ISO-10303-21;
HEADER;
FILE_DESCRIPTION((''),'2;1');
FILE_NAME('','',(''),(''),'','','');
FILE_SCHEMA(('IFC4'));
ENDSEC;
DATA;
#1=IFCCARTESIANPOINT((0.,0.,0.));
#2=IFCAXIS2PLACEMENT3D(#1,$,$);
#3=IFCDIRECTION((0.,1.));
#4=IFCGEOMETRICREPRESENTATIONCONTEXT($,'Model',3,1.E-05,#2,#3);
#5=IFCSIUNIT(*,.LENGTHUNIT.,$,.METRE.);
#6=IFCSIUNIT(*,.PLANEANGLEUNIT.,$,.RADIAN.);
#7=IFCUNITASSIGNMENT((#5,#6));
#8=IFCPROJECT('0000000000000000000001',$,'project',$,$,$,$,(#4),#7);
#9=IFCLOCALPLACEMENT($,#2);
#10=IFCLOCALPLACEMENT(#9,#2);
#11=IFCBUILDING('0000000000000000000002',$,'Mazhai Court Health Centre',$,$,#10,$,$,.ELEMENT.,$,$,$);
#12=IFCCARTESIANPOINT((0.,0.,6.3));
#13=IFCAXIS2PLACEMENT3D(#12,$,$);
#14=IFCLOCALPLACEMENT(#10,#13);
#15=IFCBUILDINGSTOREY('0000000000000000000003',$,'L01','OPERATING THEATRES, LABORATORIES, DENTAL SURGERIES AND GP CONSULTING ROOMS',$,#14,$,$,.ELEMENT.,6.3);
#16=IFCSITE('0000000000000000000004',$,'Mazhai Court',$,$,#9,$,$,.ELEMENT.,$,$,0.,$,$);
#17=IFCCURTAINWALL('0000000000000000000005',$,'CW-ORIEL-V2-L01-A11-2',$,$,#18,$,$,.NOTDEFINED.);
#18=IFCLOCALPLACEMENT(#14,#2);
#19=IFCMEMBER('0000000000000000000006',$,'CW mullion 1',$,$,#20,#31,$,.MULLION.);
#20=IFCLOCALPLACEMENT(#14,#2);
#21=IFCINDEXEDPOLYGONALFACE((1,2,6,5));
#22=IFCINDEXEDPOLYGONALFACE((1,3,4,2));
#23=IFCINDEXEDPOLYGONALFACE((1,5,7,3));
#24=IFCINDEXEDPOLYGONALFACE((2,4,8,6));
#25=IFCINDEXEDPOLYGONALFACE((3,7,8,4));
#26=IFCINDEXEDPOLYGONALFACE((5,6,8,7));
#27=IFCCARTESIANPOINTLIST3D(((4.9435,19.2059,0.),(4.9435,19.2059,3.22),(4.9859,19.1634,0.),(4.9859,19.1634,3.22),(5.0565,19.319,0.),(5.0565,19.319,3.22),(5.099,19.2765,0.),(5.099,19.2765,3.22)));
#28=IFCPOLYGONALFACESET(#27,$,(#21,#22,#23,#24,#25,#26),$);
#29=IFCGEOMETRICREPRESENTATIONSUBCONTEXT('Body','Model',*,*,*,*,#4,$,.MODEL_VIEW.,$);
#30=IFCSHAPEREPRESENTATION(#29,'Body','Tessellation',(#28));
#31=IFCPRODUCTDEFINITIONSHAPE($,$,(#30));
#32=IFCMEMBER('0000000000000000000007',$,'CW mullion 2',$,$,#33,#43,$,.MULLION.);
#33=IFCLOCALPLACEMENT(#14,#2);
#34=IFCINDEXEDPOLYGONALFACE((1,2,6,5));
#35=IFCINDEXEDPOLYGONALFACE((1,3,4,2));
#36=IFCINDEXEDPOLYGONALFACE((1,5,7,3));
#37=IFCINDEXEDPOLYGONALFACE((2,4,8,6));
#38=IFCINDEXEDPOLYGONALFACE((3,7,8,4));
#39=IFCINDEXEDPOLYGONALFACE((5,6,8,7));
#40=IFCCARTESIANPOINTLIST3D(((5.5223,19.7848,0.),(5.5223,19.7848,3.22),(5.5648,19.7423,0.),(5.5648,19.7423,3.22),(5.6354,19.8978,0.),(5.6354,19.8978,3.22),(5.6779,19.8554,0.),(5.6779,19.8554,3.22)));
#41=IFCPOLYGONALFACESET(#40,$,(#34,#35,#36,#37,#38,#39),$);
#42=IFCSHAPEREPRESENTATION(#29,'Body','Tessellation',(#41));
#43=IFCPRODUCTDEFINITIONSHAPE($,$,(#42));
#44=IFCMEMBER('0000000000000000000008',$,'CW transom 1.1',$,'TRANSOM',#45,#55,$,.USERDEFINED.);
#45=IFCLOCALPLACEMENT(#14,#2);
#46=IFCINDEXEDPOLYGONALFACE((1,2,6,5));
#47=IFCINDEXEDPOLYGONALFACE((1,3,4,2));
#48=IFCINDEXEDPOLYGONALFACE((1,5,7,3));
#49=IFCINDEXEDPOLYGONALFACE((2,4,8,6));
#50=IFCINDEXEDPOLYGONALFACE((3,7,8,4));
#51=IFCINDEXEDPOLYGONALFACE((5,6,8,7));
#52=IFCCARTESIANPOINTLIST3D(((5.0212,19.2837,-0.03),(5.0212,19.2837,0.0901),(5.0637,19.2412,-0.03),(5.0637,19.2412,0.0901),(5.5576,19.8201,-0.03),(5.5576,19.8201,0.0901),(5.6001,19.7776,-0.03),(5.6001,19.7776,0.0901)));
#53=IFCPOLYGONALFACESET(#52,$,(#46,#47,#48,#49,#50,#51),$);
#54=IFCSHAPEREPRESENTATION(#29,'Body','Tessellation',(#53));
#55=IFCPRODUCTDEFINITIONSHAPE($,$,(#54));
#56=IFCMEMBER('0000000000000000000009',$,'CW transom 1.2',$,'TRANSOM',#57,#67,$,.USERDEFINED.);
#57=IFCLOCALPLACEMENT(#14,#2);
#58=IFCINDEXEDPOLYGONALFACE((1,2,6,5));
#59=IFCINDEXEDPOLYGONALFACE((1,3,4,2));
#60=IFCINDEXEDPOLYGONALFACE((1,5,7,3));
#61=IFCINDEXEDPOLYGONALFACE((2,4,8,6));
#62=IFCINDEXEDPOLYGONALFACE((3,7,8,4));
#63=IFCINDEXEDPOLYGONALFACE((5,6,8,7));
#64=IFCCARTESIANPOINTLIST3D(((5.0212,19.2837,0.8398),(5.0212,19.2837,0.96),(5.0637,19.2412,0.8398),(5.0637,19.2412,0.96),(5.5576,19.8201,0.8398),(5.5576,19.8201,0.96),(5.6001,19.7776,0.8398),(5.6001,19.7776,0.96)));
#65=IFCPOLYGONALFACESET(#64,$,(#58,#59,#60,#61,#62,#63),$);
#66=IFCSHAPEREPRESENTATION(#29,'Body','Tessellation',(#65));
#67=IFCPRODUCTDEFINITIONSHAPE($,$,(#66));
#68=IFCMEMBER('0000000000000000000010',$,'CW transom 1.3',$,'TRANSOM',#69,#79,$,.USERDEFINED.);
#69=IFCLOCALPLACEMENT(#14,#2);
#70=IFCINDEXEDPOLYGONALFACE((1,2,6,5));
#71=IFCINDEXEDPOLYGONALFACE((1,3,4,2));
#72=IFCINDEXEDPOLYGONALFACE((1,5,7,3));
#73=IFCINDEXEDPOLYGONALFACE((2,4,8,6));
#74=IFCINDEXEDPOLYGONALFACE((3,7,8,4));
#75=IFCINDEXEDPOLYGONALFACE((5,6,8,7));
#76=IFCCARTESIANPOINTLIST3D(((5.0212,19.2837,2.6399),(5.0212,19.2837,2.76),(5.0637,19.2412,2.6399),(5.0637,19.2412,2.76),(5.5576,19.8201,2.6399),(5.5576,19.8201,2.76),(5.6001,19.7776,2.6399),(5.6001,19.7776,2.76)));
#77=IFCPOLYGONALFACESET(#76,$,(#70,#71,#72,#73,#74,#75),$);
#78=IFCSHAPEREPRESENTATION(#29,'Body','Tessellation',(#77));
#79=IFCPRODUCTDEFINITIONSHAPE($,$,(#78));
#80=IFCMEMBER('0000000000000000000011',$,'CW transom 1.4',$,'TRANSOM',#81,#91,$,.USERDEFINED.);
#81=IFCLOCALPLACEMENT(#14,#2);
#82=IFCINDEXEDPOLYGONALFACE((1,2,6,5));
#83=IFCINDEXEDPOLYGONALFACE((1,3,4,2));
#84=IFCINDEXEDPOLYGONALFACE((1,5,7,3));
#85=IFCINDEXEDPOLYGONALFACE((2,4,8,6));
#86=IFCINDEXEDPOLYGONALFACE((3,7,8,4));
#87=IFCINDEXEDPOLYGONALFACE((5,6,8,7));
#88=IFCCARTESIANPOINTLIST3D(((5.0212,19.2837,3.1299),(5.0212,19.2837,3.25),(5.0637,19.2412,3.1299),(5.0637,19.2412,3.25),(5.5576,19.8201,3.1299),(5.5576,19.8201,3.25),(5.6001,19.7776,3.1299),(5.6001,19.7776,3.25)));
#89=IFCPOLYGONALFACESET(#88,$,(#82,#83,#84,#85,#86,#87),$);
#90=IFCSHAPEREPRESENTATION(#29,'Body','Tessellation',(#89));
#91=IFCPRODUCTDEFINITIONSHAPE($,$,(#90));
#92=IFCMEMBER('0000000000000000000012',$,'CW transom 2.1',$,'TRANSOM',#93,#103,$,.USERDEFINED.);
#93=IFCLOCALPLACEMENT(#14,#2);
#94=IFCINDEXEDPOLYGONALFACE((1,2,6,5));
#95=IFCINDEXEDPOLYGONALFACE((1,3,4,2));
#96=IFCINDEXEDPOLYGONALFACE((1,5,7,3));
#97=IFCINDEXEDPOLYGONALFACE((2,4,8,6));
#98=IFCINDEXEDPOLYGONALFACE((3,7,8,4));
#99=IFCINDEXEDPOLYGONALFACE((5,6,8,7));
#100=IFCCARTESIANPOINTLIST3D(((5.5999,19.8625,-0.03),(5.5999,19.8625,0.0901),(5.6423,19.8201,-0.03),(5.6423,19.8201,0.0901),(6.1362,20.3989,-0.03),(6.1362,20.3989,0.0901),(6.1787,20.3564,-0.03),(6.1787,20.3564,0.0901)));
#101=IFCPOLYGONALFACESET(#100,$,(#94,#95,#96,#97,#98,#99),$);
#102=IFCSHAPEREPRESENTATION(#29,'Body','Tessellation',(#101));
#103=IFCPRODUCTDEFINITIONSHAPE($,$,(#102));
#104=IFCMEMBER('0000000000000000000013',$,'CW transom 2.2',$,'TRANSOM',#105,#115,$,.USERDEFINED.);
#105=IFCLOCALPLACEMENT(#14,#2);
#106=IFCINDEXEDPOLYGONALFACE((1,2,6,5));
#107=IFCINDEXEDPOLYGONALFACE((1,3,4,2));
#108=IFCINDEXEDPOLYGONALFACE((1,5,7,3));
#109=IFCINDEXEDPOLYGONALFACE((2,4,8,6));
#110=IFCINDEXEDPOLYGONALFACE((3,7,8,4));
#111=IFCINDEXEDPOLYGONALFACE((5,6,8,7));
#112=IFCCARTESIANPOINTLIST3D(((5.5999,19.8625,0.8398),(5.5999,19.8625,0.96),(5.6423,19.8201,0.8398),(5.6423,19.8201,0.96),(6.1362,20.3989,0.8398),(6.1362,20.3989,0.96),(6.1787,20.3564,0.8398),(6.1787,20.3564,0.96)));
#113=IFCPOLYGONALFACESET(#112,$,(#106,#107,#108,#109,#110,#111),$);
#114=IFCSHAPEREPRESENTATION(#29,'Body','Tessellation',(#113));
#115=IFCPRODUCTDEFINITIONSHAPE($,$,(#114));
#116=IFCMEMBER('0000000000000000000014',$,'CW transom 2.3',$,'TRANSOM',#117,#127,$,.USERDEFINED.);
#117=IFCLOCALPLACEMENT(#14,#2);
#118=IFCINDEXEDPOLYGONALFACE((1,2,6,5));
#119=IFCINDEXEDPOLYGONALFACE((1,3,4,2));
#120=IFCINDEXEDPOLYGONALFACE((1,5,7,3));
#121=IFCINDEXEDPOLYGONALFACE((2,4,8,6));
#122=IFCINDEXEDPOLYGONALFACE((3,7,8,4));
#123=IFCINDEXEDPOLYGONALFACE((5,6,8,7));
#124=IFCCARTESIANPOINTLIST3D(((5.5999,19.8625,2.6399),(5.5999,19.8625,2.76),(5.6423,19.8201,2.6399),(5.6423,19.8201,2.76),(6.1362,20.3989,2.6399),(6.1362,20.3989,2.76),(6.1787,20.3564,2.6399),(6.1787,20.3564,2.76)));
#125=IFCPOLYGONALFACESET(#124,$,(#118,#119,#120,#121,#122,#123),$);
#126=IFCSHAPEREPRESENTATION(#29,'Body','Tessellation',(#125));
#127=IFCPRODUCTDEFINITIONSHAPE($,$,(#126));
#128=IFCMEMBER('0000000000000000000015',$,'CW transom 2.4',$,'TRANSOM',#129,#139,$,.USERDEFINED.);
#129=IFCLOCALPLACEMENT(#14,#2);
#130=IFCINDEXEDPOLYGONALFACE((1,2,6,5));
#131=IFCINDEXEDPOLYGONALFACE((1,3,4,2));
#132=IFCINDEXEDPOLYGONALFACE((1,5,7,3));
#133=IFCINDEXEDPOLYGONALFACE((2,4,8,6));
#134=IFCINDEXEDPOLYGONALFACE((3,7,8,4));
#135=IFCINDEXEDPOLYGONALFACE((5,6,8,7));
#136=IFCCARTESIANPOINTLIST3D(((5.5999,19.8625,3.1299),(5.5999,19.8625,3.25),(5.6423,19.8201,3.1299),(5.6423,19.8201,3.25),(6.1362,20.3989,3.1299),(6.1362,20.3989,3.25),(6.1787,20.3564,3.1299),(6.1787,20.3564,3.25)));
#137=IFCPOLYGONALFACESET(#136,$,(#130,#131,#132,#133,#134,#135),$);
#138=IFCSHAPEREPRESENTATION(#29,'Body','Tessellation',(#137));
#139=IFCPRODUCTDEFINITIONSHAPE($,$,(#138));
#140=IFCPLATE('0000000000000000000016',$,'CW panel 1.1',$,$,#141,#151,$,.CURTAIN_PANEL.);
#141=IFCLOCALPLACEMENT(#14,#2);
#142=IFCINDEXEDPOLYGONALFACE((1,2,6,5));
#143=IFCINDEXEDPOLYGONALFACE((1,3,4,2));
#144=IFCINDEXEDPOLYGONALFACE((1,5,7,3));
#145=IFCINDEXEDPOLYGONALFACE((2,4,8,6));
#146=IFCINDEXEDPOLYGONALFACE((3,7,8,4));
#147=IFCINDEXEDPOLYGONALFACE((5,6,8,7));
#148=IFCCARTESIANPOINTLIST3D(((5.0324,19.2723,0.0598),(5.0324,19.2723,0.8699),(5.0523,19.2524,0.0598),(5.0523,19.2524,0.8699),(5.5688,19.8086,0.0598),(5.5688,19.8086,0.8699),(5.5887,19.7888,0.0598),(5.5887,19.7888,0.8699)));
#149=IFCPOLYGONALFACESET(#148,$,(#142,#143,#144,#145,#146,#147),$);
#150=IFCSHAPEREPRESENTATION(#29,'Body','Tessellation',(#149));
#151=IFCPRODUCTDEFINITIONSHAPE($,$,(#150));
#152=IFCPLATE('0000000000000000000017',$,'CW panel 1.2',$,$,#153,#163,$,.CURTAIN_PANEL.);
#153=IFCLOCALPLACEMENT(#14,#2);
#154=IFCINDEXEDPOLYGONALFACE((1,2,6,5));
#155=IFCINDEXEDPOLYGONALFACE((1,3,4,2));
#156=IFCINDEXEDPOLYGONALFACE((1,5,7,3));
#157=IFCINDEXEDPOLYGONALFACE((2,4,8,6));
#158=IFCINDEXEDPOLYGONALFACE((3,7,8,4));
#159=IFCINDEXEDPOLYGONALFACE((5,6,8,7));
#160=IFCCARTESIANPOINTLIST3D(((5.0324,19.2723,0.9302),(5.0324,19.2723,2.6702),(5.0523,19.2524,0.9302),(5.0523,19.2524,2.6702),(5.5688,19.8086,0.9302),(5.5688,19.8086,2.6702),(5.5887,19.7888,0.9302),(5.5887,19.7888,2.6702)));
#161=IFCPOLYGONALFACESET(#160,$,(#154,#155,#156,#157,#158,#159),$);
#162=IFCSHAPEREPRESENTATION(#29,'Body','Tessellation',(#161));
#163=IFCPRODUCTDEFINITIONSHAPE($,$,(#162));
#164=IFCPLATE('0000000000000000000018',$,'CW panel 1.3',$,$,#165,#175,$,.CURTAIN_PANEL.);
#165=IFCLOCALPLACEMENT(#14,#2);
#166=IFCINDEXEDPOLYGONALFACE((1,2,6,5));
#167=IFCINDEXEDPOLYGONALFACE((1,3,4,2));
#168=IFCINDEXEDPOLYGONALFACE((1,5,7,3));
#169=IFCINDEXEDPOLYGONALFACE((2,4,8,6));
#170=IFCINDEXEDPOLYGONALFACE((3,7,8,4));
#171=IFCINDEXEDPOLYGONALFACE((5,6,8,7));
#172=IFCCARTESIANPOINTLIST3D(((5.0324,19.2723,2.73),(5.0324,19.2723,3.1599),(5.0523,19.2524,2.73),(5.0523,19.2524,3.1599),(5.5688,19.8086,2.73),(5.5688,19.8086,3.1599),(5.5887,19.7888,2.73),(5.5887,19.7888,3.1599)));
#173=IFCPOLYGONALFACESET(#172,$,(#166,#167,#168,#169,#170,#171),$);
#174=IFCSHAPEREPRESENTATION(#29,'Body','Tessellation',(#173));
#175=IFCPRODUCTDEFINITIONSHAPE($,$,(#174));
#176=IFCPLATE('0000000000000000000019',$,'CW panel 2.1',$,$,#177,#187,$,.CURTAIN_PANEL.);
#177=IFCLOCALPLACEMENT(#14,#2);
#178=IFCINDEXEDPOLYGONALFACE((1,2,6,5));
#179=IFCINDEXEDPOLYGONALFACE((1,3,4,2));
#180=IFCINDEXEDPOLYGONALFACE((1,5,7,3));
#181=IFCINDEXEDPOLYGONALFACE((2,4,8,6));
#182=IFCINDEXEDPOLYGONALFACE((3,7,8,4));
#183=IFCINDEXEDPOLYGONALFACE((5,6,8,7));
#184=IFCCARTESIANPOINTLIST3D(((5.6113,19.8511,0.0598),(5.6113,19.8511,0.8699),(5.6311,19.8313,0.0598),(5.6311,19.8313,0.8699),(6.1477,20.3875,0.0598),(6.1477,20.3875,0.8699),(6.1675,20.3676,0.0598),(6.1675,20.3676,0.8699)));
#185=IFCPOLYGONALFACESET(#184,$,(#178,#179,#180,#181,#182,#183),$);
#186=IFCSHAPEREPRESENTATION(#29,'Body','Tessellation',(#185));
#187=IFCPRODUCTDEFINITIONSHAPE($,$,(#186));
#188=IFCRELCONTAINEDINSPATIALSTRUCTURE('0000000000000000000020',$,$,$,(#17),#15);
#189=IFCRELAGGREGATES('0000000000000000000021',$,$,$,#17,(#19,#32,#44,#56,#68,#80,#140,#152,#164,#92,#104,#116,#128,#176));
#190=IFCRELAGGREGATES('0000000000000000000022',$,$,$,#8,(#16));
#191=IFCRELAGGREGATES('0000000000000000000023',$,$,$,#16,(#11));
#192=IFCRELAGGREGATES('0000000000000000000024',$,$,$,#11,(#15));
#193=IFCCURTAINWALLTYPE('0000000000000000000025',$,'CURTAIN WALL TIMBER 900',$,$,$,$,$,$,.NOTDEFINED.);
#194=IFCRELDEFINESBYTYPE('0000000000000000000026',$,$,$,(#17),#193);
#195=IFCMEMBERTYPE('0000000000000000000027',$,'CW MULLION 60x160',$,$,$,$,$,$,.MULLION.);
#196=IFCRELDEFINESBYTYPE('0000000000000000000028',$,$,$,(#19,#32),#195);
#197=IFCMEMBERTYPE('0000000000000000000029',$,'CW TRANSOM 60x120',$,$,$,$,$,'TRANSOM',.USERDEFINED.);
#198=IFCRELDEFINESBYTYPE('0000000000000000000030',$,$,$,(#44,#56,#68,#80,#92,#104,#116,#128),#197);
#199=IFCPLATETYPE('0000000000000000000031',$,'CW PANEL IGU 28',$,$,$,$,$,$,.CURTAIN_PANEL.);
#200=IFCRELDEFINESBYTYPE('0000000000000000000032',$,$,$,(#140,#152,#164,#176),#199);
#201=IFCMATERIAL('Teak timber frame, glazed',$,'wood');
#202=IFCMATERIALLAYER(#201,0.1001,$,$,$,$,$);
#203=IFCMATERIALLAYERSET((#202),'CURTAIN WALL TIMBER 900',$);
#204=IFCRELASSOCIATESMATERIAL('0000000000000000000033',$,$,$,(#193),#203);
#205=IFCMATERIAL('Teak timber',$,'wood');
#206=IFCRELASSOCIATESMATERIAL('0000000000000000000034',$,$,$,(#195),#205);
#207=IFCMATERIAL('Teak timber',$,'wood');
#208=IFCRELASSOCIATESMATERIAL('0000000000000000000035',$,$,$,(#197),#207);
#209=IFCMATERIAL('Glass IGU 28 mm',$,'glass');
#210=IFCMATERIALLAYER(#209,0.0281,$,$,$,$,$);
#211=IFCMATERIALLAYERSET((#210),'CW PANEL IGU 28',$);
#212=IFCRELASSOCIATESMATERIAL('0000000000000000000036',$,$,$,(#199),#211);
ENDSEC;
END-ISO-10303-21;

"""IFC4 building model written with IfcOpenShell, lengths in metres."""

from ifc_helpers import new_model, si_unit, direction, frame, origin, origin_2d, place, context, subcontext, project, spatial, rectangle, extrude, material, layer, layer_set, material_profile, profile_set, type_object, element, aggregate, save


model = new_model("IFC4")

# Units and contexts
model_context = context("Model", 3, precision=1e-05, world=origin(), true_north=direction((0.0, 1.0)))
body_context = subcontext(model_context, "Body", "Model", "MODEL_VIEW")
ifc_project = project(units=[si_unit("LENGTHUNIT", "METRE"), si_unit("PLANEANGLEUNIT", "RADIAN")], contexts=[model_context])

# Site, building, storey
site_placement = place(None, origin())
site = spatial("IfcSite", under=ifc_project, at=site_placement, Name="Mazhai Court", CompositionType="ELEMENT", RefElevation=0.0)
building_placement = place(site_placement, origin())
building = spatial("IfcBuilding", under=site, at=building_placement, Name="Mazhai Court Health Centre", CompositionType="ELEMENT")
storey_placement = place(building_placement, frame((0.0, 0.0, 6.3)))
storey = spatial("IfcBuildingStorey", under=building, at=storey_placement, Name="L01", Description="OPERATING THEATRES, LABORATORIES, DENTAL SURGERIES AND GP CONSULTING ROOMS", CompositionType="ELEMENT", Elevation=6.3)

# Curtain wall, members, plates
ifc_material_1 = material(Name="Teak timber frame, glazed", Category="wood")
ifc_layer_1 = layer(ifc_material_1, 0.1001)
ifc_layer_set_1 = layer_set([ifc_layer_1], Name="CURTAIN WALL TIMBER 900")
curtain_wall_type = type_object("IfcCurtainWallType", Name="CURTAIN WALL TIMBER 900", PredefinedType="NOTDEFINED", material=ifc_layer_set_1)
curtain_wall_placement = place(storey_placement, origin())
curtain_wall = element("IfcCurtainWall", 1, at=curtain_wall_placement, inside=storey, type_object=curtain_wall_type, Name="CW-ORIEL-V2-L01-A11-2", PredefinedType="NOTDEFINED")
ifc_material_2 = material(Name="Teak timber", Category="wood")
ifc_material_profile_1 = material_profile(ifc_material_2, rectangle(XDim=0.0601, YDim=0.1599, at=origin_2d()), Name="CW MULLION 60x160")
ifc_profile_set_1 = profile_set([ifc_material_profile_1], Name="Teak timber")
member_type_1 = type_object("IfcMemberType", Name="CW MULLION 60x160", PredefinedType="MULLION", material=ifc_profile_set_1)
member_1_placement = place(storey_placement, frame((5.0212, 19.2412, 0.0), z_axis=(0.0, 0.0, 1.0), x_axis=(-0.707107, 0.707107, 0.0)))
member_1 = element("IfcMember", 2, at=member_1_placement, type_object=member_type_1, Name="CW mullion 1", PredefinedType="MULLION", context=body_context, shape_type="SweptSolid", body=[
    extrude(rectangle(XDim=0.0601, YDim=0.1599, at=origin_2d()), origin(), (0.0, 0.0, 1.0), 3.22),
])
member_2_placement = place(storey_placement, frame((5.6001, 19.8201, 0.0), z_axis=(0.0, 0.0, 1.0), x_axis=(-0.707107, 0.707107, 0.0)))
member_2 = element("IfcMember", 3, at=member_2_placement, type_object=member_type_1, Name="CW mullion 2", PredefinedType="MULLION", context=body_context, shape_type="SweptSolid", body=[
    extrude(rectangle(XDim=0.0601, YDim=0.1599, at=origin_2d()), origin(), (0.0, 0.0, 1.0), 3.22),
])
ifc_material_3 = material(Name="Teak timber", Category="wood")
ifc_material_profile_2 = material_profile(ifc_material_3, rectangle(XDim=0.0601, YDim=0.1201, at=origin_2d()), Name="CW TRANSOM 60x120")
ifc_profile_set_2 = profile_set([ifc_material_profile_2], Name="Teak timber")
member_type_2 = type_object("IfcMemberType", Name="CW TRANSOM 60x120", ElementType="TRANSOM", PredefinedType="USERDEFINED", material=ifc_profile_set_2)
member_3_placement = place(storey_placement, frame((5.0425, 19.2625, 0.03), z_axis=(0.707107, 0.707107, 0.0), x_axis=(-0.707107, 0.707107, 0.0)))
member_3 = element("IfcMember", 4, at=member_3_placement, type_object=member_type_2, Name="CW transom 1.1", ObjectType="TRANSOM", PredefinedType="USERDEFINED", context=body_context, shape_type="SweptSolid", body=[
    extrude(rectangle(XDim=0.0601, YDim=0.1201, at=origin_2d()), origin(), (0.0, 0.0, 1.0), 0.7585),
])
member_4_placement = place(storey_placement, frame((5.0425, 19.2625, 0.8999), z_axis=(0.707107, 0.707107, 0.0), x_axis=(-0.707107, 0.707107, 0.0)))
member_4 = element("IfcMember", 5, at=member_4_placement, type_object=member_type_2, Name="CW transom 1.2", ObjectType="TRANSOM", PredefinedType="USERDEFINED", context=body_context, shape_type="SweptSolid", body=[
    extrude(rectangle(XDim=0.0601, YDim=0.1201, at=origin_2d()), origin(), (0.0, 0.0, 1.0), 0.7585),
])
member_5_placement = place(storey_placement, frame((5.0425, 19.2625, 2.7), z_axis=(0.707107, 0.707107, 0.0), x_axis=(-0.707107, 0.707107, 0.0)))
member_5 = element("IfcMember", 6, at=member_5_placement, type_object=member_type_2, Name="CW transom 1.3", ObjectType="TRANSOM", PredefinedType="USERDEFINED", context=body_context, shape_type="SweptSolid", body=[
    extrude(rectangle(XDim=0.0601, YDim=0.1201, at=origin_2d()), origin(), (0.0, 0.0, 1.0), 0.7585),
])
member_6_placement = place(storey_placement, frame((5.0425, 19.2625, 3.1899), z_axis=(0.707107, 0.707107, 0.0), x_axis=(-0.707107, 0.707107, 0.0)))
member_6 = element("IfcMember", 7, at=member_6_placement, type_object=member_type_2, Name="CW transom 1.4", ObjectType="TRANSOM", PredefinedType="USERDEFINED", context=body_context, shape_type="SweptSolid", body=[
    extrude(rectangle(XDim=0.0601, YDim=0.1201, at=origin_2d()), origin(), (0.0, 0.0, 1.0), 0.7585),
])
member_7_placement = place(storey_placement, frame((5.6211, 19.8413, 0.03), z_axis=(0.707107, 0.707107, 0.0), x_axis=(-0.707107, 0.707107, 0.0)))
member_7 = element("IfcMember", 8, at=member_7_placement, type_object=member_type_2, Name="CW transom 2.1", ObjectType="TRANSOM", PredefinedType="USERDEFINED", context=body_context, shape_type="SweptSolid", body=[
    extrude(rectangle(XDim=0.0601, YDim=0.1201, at=origin_2d()), origin(), (0.0, 0.0, 1.0), 0.7585),
])
member_8_placement = place(storey_placement, frame((5.6211, 19.8413, 0.8999), z_axis=(0.707107, 0.707107, 0.0), x_axis=(-0.707107, 0.707107, 0.0)))
member_8 = element("IfcMember", 9, at=member_8_placement, type_object=member_type_2, Name="CW transom 2.2", ObjectType="TRANSOM", PredefinedType="USERDEFINED", context=body_context, shape_type="SweptSolid", body=[
    extrude(rectangle(XDim=0.0601, YDim=0.1201, at=origin_2d()), origin(), (0.0, 0.0, 1.0), 0.7585),
])
member_9_placement = place(storey_placement, frame((5.6211, 19.8413, 2.7), z_axis=(0.707107, 0.707107, 0.0), x_axis=(-0.707107, 0.707107, 0.0)))
member_9 = element("IfcMember", 10, at=member_9_placement, type_object=member_type_2, Name="CW transom 2.3", ObjectType="TRANSOM", PredefinedType="USERDEFINED", context=body_context, shape_type="SweptSolid", body=[
    extrude(rectangle(XDim=0.0601, YDim=0.1201, at=origin_2d()), origin(), (0.0, 0.0, 1.0), 0.7585),
])
member_10_placement = place(storey_placement, frame((5.6211, 19.8413, 3.1899), z_axis=(0.707107, 0.707107, 0.0), x_axis=(-0.707107, 0.707107, 0.0)))
member_10 = element("IfcMember", 11, at=member_10_placement, type_object=member_type_2, Name="CW transom 2.4", ObjectType="TRANSOM", PredefinedType="USERDEFINED", context=body_context, shape_type="SweptSolid", body=[
    extrude(rectangle(XDim=0.0601, YDim=0.1201, at=origin_2d()), origin(), (0.0, 0.0, 1.0), 0.7585),
])
ifc_material_4 = material(Name="Glass IGU 28 mm", Category="glass")
ifc_layer_2 = layer(ifc_material_4, 0.0281)
ifc_layer_set_2 = layer_set([ifc_layer_2], Name="CW PANEL IGU 28")
plate_type = type_object("IfcPlateType", Name="CW PANEL IGU 28", PredefinedType="CURTAIN_PANEL", material=ifc_layer_set_2)
plate_1_placement = place(storey_placement, frame((5.3105, 19.5305, 0.0598), z_axis=(0.0, 0.0, 1.0), x_axis=(0.707107, 0.707107, 0.0)))
plate_1 = element("IfcPlate", 12, at=plate_1_placement, type_object=plate_type, Name="CW panel 1.1", PredefinedType="CURTAIN_PANEL", context=body_context, shape_type="SweptSolid", body=[
    extrude(rectangle(XDim=0.7585, YDim=0.0281, at=origin_2d()), origin(), (0.0, 0.0, 1.0), 0.8101),
])
plate_2_placement = place(storey_placement, frame((5.3105, 19.5305, 0.9302), z_axis=(0.0, 0.0, 1.0), x_axis=(0.707107, 0.707107, 0.0)))
plate_2 = element("IfcPlate", 13, at=plate_2_placement, type_object=plate_type, Name="CW panel 1.2", PredefinedType="CURTAIN_PANEL", context=body_context, shape_type="SweptSolid", body=[
    extrude(rectangle(XDim=0.7585, YDim=0.0281, at=origin_2d()), origin(), (0.0, 0.0, 1.0), 1.74),
])
plate_3_placement = place(storey_placement, frame((5.3105, 19.5305, 2.73), z_axis=(0.0, 0.0, 1.0), x_axis=(0.707107, 0.707107, 0.0)))
plate_3 = element("IfcPlate", 14, at=plate_3_placement, type_object=plate_type, Name="CW panel 1.3", PredefinedType="CURTAIN_PANEL", context=body_context, shape_type="SweptSolid", body=[
    extrude(rectangle(XDim=0.7585, YDim=0.0281, at=origin_2d()), origin(), (0.0, 0.0, 1.0), 0.4299),
])
plate_4_placement = place(storey_placement, frame((5.8894, 20.1094, 0.0598), z_axis=(0.0, 0.0, 1.0), x_axis=(0.707107, 0.707107, 0.0)))
plate_4 = element("IfcPlate", 15, at=plate_4_placement, type_object=plate_type, Name="CW panel 2.1", PredefinedType="CURTAIN_PANEL", context=body_context, shape_type="SweptSolid", body=[
    extrude(rectangle(XDim=0.7585, YDim=0.0281, at=origin_2d()), origin(), (0.0, 0.0, 1.0), 0.8101),
])
aggregate(curtain_wall, [member_1, member_2, member_3, member_4, member_5, member_6, plate_1, plate_2, plate_3, member_7, member_8, member_9, member_10, plate_4])

save(model, "model.ifc")
